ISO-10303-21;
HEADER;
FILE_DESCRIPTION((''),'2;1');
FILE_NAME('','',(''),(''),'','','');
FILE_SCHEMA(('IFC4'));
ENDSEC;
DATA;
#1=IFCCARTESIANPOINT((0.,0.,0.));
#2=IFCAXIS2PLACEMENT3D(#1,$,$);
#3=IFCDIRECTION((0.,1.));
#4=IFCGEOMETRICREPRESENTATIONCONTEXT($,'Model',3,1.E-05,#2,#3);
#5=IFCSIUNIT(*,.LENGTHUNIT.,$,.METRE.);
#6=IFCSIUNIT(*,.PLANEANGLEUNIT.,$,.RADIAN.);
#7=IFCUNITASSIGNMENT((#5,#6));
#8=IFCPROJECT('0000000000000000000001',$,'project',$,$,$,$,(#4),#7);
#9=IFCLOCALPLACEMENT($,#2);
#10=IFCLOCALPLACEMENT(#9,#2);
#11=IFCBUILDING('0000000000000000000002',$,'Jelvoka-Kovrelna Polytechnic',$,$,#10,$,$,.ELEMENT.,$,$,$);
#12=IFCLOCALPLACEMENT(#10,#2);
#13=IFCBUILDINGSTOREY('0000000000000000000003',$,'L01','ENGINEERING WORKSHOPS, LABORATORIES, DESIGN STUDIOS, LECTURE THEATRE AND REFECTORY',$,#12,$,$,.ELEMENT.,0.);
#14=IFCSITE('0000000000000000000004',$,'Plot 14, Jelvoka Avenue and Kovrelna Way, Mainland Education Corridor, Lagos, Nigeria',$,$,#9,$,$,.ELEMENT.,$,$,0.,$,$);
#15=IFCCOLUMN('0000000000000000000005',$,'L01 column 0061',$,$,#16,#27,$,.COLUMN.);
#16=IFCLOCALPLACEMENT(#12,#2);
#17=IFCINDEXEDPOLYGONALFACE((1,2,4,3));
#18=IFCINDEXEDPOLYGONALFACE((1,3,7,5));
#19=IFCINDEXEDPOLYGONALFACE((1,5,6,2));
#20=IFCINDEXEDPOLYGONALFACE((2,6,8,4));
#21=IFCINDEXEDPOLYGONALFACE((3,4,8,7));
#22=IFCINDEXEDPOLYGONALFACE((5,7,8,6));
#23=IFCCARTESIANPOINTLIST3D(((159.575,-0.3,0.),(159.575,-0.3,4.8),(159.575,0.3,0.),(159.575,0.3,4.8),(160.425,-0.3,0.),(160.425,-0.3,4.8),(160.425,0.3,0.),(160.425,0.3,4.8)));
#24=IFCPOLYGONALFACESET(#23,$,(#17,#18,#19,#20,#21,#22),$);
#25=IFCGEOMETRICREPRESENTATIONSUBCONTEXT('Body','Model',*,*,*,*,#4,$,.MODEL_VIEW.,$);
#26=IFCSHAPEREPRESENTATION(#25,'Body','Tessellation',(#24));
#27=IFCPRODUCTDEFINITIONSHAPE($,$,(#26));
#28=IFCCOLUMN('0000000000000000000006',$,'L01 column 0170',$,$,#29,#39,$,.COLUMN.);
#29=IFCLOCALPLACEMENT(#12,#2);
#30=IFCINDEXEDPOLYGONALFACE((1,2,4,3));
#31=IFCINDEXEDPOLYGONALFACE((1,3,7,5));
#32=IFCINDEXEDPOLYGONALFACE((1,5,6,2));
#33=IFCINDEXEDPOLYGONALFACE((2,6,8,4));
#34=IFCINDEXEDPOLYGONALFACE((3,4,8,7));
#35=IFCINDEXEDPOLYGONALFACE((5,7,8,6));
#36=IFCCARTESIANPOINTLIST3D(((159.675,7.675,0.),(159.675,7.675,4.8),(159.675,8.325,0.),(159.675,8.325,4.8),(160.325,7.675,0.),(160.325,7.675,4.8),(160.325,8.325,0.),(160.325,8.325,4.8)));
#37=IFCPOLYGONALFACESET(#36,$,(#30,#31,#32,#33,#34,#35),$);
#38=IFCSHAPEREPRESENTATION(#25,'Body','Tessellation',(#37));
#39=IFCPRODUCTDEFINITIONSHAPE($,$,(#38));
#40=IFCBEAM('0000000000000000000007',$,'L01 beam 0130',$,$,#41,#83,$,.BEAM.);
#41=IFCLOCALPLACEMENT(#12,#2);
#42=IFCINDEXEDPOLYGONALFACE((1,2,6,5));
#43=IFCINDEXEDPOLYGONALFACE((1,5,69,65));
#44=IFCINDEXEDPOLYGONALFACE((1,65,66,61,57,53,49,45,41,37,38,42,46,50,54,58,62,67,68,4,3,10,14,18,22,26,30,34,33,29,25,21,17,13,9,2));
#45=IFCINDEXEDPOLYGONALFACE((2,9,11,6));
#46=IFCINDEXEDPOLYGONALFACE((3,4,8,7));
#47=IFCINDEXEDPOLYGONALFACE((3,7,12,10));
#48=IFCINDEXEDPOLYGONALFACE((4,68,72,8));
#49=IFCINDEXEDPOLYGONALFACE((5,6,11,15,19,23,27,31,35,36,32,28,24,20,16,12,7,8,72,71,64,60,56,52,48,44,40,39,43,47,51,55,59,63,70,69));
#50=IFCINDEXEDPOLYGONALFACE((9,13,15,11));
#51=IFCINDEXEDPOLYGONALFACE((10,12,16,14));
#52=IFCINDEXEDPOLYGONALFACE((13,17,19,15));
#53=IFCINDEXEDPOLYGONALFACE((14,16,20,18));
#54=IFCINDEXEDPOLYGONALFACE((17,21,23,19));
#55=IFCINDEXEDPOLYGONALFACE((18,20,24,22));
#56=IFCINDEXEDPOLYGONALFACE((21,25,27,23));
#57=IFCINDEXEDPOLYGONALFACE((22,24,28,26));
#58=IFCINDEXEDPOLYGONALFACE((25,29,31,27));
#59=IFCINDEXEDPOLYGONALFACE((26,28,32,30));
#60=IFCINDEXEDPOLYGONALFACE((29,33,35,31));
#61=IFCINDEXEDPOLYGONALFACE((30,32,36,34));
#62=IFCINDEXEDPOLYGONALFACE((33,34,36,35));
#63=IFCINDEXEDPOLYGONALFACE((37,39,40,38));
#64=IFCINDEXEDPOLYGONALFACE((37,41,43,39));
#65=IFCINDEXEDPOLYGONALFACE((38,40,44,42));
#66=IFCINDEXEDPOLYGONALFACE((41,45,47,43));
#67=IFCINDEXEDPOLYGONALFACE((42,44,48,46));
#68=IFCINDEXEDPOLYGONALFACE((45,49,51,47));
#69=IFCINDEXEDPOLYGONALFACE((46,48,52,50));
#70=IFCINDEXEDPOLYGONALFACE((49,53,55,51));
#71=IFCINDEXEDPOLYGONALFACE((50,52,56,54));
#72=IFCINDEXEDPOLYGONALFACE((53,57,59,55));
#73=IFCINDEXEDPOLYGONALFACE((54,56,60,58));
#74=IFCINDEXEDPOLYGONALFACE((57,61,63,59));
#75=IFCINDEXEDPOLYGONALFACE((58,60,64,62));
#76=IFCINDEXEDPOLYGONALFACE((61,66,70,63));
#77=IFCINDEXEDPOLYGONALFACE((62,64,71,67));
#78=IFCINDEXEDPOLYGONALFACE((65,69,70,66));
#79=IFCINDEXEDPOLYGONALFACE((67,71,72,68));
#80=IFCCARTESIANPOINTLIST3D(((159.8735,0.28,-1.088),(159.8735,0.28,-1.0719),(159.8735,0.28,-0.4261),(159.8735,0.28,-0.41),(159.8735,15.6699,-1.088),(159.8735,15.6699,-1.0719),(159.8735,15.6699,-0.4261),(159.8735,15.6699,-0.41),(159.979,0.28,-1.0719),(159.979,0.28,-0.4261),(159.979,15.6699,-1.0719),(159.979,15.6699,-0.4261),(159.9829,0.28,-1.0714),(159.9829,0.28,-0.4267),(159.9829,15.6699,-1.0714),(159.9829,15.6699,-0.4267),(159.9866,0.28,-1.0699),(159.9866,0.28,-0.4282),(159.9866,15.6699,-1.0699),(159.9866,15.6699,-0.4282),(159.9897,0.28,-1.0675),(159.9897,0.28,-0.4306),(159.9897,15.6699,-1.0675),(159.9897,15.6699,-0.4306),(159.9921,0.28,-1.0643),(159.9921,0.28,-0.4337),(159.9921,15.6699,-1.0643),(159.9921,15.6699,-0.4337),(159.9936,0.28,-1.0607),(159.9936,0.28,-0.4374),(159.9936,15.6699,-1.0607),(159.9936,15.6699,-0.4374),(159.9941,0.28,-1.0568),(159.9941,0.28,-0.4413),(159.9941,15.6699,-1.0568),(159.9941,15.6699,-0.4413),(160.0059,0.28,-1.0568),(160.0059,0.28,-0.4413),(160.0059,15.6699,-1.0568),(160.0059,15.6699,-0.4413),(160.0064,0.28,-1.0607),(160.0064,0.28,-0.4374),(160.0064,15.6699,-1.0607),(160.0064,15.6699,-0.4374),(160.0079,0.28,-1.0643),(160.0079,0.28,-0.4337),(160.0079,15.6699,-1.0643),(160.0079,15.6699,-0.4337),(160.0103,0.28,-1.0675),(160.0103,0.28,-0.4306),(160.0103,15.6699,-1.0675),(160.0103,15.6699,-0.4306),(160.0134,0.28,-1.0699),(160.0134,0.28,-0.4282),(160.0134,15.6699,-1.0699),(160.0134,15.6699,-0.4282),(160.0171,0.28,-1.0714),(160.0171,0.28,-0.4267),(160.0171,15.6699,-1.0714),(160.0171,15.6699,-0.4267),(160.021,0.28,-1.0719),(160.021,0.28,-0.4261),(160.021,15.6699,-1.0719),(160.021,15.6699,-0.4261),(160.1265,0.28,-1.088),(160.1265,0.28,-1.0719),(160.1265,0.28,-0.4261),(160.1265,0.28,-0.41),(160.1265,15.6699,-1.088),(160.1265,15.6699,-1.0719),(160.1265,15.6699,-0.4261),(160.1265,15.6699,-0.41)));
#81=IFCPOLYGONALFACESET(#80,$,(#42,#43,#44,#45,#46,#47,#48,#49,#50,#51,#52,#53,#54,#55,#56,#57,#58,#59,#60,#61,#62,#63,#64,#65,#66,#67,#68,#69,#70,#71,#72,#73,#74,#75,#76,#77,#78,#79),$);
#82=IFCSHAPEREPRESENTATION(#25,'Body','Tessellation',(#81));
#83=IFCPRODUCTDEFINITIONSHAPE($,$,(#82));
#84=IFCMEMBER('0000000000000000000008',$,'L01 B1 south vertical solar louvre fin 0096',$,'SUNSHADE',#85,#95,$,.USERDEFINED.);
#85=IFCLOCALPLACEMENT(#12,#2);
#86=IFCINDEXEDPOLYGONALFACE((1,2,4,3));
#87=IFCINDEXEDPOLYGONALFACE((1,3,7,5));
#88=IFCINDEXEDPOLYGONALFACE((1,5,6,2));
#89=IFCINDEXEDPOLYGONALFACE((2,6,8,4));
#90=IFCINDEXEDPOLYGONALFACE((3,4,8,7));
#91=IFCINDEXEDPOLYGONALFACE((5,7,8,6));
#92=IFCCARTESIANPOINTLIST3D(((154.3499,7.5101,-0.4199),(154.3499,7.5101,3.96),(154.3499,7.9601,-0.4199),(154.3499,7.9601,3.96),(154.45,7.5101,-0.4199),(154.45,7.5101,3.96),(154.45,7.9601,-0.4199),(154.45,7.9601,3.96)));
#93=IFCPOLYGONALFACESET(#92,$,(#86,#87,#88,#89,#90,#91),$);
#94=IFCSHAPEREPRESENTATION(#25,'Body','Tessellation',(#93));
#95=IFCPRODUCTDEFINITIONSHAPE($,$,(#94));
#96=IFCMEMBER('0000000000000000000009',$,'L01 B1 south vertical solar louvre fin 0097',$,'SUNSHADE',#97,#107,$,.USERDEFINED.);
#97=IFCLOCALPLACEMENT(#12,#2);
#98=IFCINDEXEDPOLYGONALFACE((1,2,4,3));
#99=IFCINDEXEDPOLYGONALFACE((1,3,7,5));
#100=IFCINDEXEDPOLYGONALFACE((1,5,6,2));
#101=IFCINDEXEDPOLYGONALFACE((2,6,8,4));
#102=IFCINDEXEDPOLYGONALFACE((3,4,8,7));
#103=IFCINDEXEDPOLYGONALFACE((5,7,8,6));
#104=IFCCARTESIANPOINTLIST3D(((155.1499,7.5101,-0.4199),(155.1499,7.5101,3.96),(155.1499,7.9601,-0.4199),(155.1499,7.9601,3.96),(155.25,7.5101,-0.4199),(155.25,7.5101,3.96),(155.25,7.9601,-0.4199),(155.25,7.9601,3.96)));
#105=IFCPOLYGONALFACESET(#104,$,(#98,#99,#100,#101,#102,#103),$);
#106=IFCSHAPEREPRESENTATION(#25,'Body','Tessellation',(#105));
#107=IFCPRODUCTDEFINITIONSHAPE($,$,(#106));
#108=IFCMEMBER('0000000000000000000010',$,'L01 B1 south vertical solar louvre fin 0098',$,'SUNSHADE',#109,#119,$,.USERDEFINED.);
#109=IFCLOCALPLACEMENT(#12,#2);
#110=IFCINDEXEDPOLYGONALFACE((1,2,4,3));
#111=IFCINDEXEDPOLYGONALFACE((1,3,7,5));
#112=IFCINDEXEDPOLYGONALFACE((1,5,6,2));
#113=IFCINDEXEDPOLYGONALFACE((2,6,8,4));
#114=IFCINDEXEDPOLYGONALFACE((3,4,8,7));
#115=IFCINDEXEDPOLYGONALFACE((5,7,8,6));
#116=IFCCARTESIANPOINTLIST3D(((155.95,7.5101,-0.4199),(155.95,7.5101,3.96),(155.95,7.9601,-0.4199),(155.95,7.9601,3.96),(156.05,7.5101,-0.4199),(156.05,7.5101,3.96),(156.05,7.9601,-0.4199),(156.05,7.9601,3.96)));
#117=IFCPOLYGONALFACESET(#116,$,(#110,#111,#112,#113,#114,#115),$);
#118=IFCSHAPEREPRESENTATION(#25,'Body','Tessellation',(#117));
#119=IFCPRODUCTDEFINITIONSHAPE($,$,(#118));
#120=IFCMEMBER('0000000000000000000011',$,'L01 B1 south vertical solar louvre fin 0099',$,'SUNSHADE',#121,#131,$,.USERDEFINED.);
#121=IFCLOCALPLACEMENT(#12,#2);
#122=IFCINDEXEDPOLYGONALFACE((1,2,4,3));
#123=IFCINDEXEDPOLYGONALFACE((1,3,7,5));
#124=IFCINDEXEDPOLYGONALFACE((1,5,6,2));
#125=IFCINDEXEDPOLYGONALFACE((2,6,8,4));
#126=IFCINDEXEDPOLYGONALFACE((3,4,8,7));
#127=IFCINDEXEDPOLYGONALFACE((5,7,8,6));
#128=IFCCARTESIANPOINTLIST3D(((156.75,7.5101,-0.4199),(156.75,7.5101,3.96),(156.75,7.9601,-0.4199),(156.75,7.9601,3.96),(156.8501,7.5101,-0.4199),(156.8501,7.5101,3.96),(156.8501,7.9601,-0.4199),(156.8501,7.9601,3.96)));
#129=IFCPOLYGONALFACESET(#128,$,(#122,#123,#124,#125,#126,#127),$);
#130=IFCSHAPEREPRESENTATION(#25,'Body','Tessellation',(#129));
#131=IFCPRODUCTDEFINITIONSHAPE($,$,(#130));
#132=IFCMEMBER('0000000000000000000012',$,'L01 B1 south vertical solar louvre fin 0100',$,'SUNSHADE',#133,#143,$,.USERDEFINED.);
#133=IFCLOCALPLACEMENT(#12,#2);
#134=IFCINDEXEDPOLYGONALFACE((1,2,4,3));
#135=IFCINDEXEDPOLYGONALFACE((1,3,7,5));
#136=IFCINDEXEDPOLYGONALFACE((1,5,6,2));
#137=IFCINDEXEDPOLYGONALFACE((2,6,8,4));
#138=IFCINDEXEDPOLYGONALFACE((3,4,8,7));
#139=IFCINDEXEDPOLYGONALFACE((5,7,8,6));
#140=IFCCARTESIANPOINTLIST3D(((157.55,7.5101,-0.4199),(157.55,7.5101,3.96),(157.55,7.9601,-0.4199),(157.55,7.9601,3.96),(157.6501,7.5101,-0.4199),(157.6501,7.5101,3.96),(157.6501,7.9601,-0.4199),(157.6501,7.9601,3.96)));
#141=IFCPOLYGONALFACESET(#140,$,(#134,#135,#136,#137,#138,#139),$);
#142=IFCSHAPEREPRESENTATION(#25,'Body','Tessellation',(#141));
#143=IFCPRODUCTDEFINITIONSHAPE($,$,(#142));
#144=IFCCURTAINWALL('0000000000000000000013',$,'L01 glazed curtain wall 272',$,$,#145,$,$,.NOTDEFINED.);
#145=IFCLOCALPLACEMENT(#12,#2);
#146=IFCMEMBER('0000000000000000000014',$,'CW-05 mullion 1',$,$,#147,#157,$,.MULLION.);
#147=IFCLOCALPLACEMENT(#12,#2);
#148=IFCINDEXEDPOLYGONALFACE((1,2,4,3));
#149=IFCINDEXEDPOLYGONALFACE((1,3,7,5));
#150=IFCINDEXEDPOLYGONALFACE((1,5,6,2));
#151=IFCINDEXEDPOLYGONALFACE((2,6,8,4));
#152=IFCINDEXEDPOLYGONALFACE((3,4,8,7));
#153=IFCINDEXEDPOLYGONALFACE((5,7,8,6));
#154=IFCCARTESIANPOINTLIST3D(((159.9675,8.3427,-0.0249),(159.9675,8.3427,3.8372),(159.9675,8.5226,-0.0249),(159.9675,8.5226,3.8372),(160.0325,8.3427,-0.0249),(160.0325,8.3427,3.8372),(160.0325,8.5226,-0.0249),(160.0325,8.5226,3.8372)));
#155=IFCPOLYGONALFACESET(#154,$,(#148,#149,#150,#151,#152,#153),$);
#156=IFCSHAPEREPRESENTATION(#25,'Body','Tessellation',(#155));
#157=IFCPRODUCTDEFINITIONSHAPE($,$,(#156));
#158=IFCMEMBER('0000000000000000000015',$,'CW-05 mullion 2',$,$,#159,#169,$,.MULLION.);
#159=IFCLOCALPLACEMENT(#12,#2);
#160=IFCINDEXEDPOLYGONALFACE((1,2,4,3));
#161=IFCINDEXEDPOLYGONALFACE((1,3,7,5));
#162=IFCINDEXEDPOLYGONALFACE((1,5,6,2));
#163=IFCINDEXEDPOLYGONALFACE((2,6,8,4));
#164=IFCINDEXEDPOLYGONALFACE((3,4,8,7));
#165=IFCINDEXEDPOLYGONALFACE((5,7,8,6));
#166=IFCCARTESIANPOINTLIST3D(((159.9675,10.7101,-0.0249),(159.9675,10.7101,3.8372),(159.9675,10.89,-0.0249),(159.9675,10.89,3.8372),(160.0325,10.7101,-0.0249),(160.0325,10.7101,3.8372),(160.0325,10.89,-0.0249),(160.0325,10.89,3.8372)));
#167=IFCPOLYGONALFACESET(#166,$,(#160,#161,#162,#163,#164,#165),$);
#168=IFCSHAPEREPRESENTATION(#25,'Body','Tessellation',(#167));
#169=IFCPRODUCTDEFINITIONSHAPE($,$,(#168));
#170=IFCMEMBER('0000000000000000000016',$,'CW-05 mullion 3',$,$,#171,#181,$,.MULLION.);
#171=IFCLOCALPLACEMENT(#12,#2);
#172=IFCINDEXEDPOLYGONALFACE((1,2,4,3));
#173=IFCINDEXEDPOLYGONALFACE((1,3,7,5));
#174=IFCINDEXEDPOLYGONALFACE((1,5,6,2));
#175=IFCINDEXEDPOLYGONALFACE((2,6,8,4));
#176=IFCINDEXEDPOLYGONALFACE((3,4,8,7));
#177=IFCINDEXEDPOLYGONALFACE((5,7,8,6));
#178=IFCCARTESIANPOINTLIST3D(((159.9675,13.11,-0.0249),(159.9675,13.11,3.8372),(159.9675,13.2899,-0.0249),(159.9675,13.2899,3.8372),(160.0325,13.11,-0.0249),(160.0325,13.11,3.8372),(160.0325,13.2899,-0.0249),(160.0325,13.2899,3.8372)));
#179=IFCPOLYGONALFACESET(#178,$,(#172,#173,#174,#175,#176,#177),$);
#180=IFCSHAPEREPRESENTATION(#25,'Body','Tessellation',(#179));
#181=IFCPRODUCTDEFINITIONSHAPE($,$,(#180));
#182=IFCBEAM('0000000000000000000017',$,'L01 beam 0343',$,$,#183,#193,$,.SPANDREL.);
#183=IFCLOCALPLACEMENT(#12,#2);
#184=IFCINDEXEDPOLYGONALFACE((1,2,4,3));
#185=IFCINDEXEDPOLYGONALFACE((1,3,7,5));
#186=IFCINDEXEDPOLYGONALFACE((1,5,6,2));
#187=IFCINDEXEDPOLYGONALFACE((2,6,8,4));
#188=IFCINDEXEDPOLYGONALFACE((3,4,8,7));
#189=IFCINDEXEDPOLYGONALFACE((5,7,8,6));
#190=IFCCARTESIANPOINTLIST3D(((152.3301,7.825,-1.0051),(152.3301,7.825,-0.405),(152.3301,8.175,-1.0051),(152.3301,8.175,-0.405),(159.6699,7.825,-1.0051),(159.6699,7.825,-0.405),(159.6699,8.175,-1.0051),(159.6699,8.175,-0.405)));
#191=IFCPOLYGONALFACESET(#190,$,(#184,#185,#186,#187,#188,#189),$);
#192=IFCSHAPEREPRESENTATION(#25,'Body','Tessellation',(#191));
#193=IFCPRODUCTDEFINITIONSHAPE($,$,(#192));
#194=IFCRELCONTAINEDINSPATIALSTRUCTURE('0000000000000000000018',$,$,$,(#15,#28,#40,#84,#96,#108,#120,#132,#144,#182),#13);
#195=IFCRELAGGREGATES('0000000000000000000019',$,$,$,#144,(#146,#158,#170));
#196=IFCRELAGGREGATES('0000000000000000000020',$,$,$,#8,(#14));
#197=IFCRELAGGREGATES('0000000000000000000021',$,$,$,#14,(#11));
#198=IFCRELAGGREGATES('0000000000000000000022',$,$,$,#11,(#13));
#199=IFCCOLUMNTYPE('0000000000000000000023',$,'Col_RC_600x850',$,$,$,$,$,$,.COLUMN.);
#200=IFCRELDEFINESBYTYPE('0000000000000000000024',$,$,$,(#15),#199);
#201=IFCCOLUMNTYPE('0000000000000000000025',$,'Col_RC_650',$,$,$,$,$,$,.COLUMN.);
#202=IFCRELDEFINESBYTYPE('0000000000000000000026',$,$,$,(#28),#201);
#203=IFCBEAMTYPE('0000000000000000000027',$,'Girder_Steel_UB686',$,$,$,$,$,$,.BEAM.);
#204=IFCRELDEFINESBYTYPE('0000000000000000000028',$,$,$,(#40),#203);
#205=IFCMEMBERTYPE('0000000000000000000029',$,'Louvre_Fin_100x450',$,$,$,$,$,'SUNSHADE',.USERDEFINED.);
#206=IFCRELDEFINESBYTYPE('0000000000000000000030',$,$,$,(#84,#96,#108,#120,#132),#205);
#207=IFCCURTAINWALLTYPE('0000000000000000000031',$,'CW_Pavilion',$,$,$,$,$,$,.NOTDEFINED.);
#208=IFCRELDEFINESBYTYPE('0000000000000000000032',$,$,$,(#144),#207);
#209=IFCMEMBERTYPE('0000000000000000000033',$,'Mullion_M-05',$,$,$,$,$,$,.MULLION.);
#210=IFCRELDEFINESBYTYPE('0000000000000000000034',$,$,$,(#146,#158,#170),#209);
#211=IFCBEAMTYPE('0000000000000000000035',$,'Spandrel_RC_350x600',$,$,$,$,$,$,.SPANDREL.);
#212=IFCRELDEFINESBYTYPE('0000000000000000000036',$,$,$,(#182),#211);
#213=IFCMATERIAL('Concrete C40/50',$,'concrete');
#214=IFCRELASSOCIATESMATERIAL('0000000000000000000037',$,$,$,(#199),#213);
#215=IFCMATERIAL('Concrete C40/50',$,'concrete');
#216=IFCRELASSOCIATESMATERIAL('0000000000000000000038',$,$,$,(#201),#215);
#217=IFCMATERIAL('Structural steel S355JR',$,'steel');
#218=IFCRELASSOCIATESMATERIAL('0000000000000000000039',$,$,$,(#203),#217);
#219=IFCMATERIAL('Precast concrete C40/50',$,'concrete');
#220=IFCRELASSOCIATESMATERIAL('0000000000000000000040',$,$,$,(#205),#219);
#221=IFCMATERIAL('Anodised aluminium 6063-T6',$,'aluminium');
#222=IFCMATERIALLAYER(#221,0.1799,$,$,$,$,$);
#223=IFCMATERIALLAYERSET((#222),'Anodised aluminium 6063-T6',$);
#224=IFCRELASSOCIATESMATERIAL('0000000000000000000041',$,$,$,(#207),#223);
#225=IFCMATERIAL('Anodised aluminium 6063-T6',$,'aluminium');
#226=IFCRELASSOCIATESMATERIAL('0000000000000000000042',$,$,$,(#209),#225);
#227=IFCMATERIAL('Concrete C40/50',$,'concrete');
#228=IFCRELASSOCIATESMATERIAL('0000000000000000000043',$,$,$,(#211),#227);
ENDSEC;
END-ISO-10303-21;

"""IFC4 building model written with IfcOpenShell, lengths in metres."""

from ifc_helpers import new_model, si_unit, direction, frame, origin, origin_2d, place, context, subcontext, project, spatial, rectangle, i_section, extrude, material, layer, layer_set, material_profile, profile_set, type_object, element, aggregate, save


model = new_model("IFC4")

# Units and contexts
model_context = context("Model", 3, precision=1e-05, world=origin(), true_north=direction((0.0, 1.0)))
body_context = subcontext(model_context, "Body", "Model", "MODEL_VIEW")
ifc_project = project(units=[si_unit("LENGTHUNIT", "METRE"), si_unit("PLANEANGLEUNIT", "RADIAN")], contexts=[model_context])

# Site, building, storey
site_placement = place(None, origin())
site = spatial("IfcSite", under=ifc_project, at=site_placement, Name="Plot 14, Jelvoka Avenue and Kovrelna Way, Mainland Education Corridor, Lagos, Nigeria", CompositionType="ELEMENT", RefElevation=0.0)
building_placement = place(site_placement, origin())
building = spatial("IfcBuilding", under=site, at=building_placement, Name="Jelvoka-Kovrelna Polytechnic", CompositionType="ELEMENT")
storey_placement = place(building_placement, origin())
storey = spatial("IfcBuildingStorey", under=building, at=storey_placement, Name="L01", Description="ENGINEERING WORKSHOPS, LABORATORIES, DESIGN STUDIOS, LECTURE THEATRE AND REFECTORY", CompositionType="ELEMENT", Elevation=0.0)

# Columns
ifc_material_1 = material(Name="Concrete C40/50", Category="concrete")
ifc_material_profile_1 = material_profile(ifc_material_1, rectangle(XDim=0.6001, YDim=0.8501, at=origin_2d()), Name="RC 600x850")
ifc_profile_set_1 = profile_set([ifc_material_profile_1], Name="Concrete C40/50")
column_type_1 = type_object("IfcColumnType", Name="Col_RC_600x850", PredefinedType="COLUMN", material=ifc_profile_set_1)
column_1_placement = place(storey_placement, frame((160.0, 0.0, 0.0), z_axis=(0.0, 0.0, 1.0), x_axis=(0.0, 1.0, 0.0)))
element("IfcColumn", 1, at=column_1_placement, inside=storey, type_object=column_type_1, Name="L01 column 0061", PredefinedType="COLUMN", context=body_context, shape_type="SweptSolid", body=[
    extrude(rectangle(XDim=0.6001, YDim=0.8501, at=origin_2d()), origin(), (0.0, 0.0, 1.0), 4.8),
])
ifc_material_2 = material(Name="Concrete C40/50", Category="concrete")
ifc_material_profile_2 = material_profile(ifc_material_2, rectangle(XDim=0.6499, YDim=0.6499, at=origin_2d()), Name="RC 650x650")
ifc_profile_set_2 = profile_set([ifc_material_profile_2], Name="Concrete C40/50")
column_type_2 = type_object("IfcColumnType", Name="Col_RC_650", PredefinedType="COLUMN", material=ifc_profile_set_2)
column_2_placement = place(storey_placement, frame((160.0, 8.0, 0.0), z_axis=(0.0, 0.0, 1.0), x_axis=(1.0, 0.0, 0.0)))
element("IfcColumn", 2, at=column_2_placement, inside=storey, type_object=column_type_2, Name="L01 column 0170", PredefinedType="COLUMN", context=body_context, shape_type="SweptSolid", body=[
    extrude(rectangle(XDim=0.6499, YDim=0.6499, at=origin_2d()), origin(), (0.0, 0.0, 1.0), 4.8),
])

# Beam
ifc_material_3 = material(Name="Structural steel S355JR", Category="steel")
ifc_material_profile_3 = material_profile(ifc_material_3, i_section(OverallWidth=0.2529, OverallDepth=0.678, WebThickness=0.0117, FlangeThickness=0.0161, FilletRadius=0.0151, at=origin_2d()), Name="686x254x125 UB")
ifc_profile_set_3 = profile_set([ifc_material_profile_3], Name="Structural steel S355JR")
beam_type_1 = type_object("IfcBeamType", Name="Girder_Steel_UB686", PredefinedType="BEAM", material=ifc_profile_set_3)
beam_1_placement = place(storey_placement, frame((160.0, 0.28, -0.749), z_axis=(0.0, 1.0, 0.0), x_axis=(-1.0, 0.0, 0.0)))
element("IfcBeam", 3, at=beam_1_placement, inside=storey, type_object=beam_type_1, Name="L01 beam 0130", PredefinedType="BEAM", context=body_context, shape_type="SweptSolid", body=[
    extrude(i_section(OverallWidth=0.2529, OverallDepth=0.678, WebThickness=0.0117, FlangeThickness=0.0161, FilletRadius=0.0151, at=origin_2d()), origin(), (0.0, 0.0, 1.0), 15.3899),
])

# Members
ifc_material_4 = material(Name="Precast concrete C40/50", Category="concrete")
ifc_material_profile_4 = material_profile(ifc_material_4, rectangle(XDim=0.1001, YDim=0.45, at=origin_2d()), Name="PC 100x450")
ifc_profile_set_4 = profile_set([ifc_material_profile_4], Name="Precast concrete C40/50")
member_type_1 = type_object("IfcMemberType", Name="Louvre_Fin_100x450", ElementType="SUNSHADE", PredefinedType="USERDEFINED", material=ifc_profile_set_4)
for number, where, z_axis, x_axis, name in (
    (4, (154.3999, 7.7351, -0.4199), (0.0, 0.0, 1.0), (1.0, 0.0, 0.0), "L01 B1 south vertical solar louvre fin 0096"),
    (5, (155.2, 7.7351, -0.4199), (0.0, 0.0, 1.0), (1.0, 0.0, 0.0), "L01 B1 south vertical solar louvre fin 0097"),
    (6, (156.0, 7.7351, -0.4199), (0.0, 0.0, 1.0), (1.0, 0.0, 0.0), "L01 B1 south vertical solar louvre fin 0098"),
    (7, (156.8, 7.7351, -0.4199), (0.0, 0.0, 1.0), (1.0, 0.0, 0.0), "L01 B1 south vertical solar louvre fin 0099"),
    (8, (157.6001, 7.7351, -0.4199), (0.0, 0.0, 1.0), (1.0, 0.0, 0.0), "L01 B1 south vertical solar louvre fin 0100"),
):
    element("IfcMember", number, at=place(storey_placement, frame(where, z_axis=z_axis, x_axis=x_axis)), inside=storey, type_object=member_type_1, Name=name, ObjectType="SUNSHADE", PredefinedType="USERDEFINED", context=body_context, shape_type="SweptSolid", body=[
        extrude(rectangle(XDim=0.1001, YDim=0.45, at=origin_2d()), origin(), (0.0, 0.0, 1.0), 4.3799),
    ])

# Curtain wall, members
ifc_material_5 = material(Name="Anodised aluminium 6063-T6", Category="aluminium")
ifc_layer_1 = layer(ifc_material_5, 0.1799)
ifc_layer_set_1 = layer_set([ifc_layer_1], Name="Anodised aluminium 6063-T6")
curtain_wall_type = type_object("IfcCurtainWallType", Name="CW_Pavilion", PredefinedType="NOTDEFINED", material=ifc_layer_set_1)
curtain_wall_placement = place(storey_placement, origin())
curtain_wall = element("IfcCurtainWall", 9, at=curtain_wall_placement, inside=storey, type_object=curtain_wall_type, Name="L01 glazed curtain wall 272", PredefinedType="NOTDEFINED")
ifc_material_6 = material(Name="Anodised aluminium 6063-T6", Category="aluminium")
ifc_material_profile_5 = material_profile(ifc_material_6, rectangle(XDim=0.0649, YDim=0.1799, at=origin_2d()), Name="ALU 65x180")
ifc_profile_set_5 = profile_set([ifc_material_profile_5], Name="Anodised aluminium 6063-T6")
member_type_2 = type_object("IfcMemberType", Name="Mullion_M-05", PredefinedType="MULLION", material=ifc_profile_set_5)
member_1_placement = place(storey_placement, frame((160.0, 8.4326, -0.0249), z_axis=(0.0, 0.0, 1.0), x_axis=(-1.0, 0.0, 0.0)))
member_1 = element("IfcMember", 10, at=member_1_placement, type_object=member_type_2, Name="CW-05 mullion 1", PredefinedType="MULLION", context=body_context, shape_type="SweptSolid", body=[
    extrude(rectangle(XDim=0.0649, YDim=0.1799, at=origin_2d()), origin(), (0.0, 0.0, 1.0), 3.8621),
])
member_2_placement = place(storey_placement, frame((160.0, 10.8, -0.0249), z_axis=(0.0, 0.0, 1.0), x_axis=(-1.0, 0.0, 0.0)))
member_2 = element("IfcMember", 11, at=member_2_placement, type_object=member_type_2, Name="CW-05 mullion 2", PredefinedType="MULLION", context=body_context, shape_type="SweptSolid", body=[
    extrude(rectangle(XDim=0.0649, YDim=0.1799, at=origin_2d()), origin(), (0.0, 0.0, 1.0), 3.8621),
])
member_3_placement = place(storey_placement, frame((160.0, 13.2, -0.0249), z_axis=(0.0, 0.0, 1.0), x_axis=(-1.0, 0.0, 0.0)))
member_3 = element("IfcMember", 12, at=member_3_placement, type_object=member_type_2, Name="CW-05 mullion 3", PredefinedType="MULLION", context=body_context, shape_type="SweptSolid", body=[
    extrude(rectangle(XDim=0.0649, YDim=0.1799, at=origin_2d()), origin(), (0.0, 0.0, 1.0), 3.8621),
])

# Beam
ifc_material_7 = material(Name="Concrete C40/50", Category="concrete")
ifc_material_profile_6 = material_profile(ifc_material_7, rectangle(XDim=0.3501, YDim=0.6001, at=origin_2d()), Name="RC 350x600")
ifc_profile_set_6 = profile_set([ifc_material_profile_6], Name="Concrete C40/50")
beam_type_2 = type_object("IfcBeamType", Name="Spandrel_RC_350x600", PredefinedType="SPANDREL", material=ifc_profile_set_6)
beam_2_placement = place(storey_placement, frame((152.3301, 8.0, -0.7051), z_axis=(1.0, 0.0, 0.0), x_axis=(0.0, 1.0, 0.0)))
element("IfcBeam", 13, at=beam_2_placement, inside=storey, type_object=beam_type_2, Name="L01 beam 0343", PredefinedType="SPANDREL", context=body_context, shape_type="SweptSolid", body=[
    extrude(rectangle(XDim=0.3501, YDim=0.6001, at=origin_2d()), origin(), (0.0, 0.0, 1.0), 7.3398),
])

aggregate(curtain_wall, [member_1, member_2, member_3])

save(model, "model.ifc")
